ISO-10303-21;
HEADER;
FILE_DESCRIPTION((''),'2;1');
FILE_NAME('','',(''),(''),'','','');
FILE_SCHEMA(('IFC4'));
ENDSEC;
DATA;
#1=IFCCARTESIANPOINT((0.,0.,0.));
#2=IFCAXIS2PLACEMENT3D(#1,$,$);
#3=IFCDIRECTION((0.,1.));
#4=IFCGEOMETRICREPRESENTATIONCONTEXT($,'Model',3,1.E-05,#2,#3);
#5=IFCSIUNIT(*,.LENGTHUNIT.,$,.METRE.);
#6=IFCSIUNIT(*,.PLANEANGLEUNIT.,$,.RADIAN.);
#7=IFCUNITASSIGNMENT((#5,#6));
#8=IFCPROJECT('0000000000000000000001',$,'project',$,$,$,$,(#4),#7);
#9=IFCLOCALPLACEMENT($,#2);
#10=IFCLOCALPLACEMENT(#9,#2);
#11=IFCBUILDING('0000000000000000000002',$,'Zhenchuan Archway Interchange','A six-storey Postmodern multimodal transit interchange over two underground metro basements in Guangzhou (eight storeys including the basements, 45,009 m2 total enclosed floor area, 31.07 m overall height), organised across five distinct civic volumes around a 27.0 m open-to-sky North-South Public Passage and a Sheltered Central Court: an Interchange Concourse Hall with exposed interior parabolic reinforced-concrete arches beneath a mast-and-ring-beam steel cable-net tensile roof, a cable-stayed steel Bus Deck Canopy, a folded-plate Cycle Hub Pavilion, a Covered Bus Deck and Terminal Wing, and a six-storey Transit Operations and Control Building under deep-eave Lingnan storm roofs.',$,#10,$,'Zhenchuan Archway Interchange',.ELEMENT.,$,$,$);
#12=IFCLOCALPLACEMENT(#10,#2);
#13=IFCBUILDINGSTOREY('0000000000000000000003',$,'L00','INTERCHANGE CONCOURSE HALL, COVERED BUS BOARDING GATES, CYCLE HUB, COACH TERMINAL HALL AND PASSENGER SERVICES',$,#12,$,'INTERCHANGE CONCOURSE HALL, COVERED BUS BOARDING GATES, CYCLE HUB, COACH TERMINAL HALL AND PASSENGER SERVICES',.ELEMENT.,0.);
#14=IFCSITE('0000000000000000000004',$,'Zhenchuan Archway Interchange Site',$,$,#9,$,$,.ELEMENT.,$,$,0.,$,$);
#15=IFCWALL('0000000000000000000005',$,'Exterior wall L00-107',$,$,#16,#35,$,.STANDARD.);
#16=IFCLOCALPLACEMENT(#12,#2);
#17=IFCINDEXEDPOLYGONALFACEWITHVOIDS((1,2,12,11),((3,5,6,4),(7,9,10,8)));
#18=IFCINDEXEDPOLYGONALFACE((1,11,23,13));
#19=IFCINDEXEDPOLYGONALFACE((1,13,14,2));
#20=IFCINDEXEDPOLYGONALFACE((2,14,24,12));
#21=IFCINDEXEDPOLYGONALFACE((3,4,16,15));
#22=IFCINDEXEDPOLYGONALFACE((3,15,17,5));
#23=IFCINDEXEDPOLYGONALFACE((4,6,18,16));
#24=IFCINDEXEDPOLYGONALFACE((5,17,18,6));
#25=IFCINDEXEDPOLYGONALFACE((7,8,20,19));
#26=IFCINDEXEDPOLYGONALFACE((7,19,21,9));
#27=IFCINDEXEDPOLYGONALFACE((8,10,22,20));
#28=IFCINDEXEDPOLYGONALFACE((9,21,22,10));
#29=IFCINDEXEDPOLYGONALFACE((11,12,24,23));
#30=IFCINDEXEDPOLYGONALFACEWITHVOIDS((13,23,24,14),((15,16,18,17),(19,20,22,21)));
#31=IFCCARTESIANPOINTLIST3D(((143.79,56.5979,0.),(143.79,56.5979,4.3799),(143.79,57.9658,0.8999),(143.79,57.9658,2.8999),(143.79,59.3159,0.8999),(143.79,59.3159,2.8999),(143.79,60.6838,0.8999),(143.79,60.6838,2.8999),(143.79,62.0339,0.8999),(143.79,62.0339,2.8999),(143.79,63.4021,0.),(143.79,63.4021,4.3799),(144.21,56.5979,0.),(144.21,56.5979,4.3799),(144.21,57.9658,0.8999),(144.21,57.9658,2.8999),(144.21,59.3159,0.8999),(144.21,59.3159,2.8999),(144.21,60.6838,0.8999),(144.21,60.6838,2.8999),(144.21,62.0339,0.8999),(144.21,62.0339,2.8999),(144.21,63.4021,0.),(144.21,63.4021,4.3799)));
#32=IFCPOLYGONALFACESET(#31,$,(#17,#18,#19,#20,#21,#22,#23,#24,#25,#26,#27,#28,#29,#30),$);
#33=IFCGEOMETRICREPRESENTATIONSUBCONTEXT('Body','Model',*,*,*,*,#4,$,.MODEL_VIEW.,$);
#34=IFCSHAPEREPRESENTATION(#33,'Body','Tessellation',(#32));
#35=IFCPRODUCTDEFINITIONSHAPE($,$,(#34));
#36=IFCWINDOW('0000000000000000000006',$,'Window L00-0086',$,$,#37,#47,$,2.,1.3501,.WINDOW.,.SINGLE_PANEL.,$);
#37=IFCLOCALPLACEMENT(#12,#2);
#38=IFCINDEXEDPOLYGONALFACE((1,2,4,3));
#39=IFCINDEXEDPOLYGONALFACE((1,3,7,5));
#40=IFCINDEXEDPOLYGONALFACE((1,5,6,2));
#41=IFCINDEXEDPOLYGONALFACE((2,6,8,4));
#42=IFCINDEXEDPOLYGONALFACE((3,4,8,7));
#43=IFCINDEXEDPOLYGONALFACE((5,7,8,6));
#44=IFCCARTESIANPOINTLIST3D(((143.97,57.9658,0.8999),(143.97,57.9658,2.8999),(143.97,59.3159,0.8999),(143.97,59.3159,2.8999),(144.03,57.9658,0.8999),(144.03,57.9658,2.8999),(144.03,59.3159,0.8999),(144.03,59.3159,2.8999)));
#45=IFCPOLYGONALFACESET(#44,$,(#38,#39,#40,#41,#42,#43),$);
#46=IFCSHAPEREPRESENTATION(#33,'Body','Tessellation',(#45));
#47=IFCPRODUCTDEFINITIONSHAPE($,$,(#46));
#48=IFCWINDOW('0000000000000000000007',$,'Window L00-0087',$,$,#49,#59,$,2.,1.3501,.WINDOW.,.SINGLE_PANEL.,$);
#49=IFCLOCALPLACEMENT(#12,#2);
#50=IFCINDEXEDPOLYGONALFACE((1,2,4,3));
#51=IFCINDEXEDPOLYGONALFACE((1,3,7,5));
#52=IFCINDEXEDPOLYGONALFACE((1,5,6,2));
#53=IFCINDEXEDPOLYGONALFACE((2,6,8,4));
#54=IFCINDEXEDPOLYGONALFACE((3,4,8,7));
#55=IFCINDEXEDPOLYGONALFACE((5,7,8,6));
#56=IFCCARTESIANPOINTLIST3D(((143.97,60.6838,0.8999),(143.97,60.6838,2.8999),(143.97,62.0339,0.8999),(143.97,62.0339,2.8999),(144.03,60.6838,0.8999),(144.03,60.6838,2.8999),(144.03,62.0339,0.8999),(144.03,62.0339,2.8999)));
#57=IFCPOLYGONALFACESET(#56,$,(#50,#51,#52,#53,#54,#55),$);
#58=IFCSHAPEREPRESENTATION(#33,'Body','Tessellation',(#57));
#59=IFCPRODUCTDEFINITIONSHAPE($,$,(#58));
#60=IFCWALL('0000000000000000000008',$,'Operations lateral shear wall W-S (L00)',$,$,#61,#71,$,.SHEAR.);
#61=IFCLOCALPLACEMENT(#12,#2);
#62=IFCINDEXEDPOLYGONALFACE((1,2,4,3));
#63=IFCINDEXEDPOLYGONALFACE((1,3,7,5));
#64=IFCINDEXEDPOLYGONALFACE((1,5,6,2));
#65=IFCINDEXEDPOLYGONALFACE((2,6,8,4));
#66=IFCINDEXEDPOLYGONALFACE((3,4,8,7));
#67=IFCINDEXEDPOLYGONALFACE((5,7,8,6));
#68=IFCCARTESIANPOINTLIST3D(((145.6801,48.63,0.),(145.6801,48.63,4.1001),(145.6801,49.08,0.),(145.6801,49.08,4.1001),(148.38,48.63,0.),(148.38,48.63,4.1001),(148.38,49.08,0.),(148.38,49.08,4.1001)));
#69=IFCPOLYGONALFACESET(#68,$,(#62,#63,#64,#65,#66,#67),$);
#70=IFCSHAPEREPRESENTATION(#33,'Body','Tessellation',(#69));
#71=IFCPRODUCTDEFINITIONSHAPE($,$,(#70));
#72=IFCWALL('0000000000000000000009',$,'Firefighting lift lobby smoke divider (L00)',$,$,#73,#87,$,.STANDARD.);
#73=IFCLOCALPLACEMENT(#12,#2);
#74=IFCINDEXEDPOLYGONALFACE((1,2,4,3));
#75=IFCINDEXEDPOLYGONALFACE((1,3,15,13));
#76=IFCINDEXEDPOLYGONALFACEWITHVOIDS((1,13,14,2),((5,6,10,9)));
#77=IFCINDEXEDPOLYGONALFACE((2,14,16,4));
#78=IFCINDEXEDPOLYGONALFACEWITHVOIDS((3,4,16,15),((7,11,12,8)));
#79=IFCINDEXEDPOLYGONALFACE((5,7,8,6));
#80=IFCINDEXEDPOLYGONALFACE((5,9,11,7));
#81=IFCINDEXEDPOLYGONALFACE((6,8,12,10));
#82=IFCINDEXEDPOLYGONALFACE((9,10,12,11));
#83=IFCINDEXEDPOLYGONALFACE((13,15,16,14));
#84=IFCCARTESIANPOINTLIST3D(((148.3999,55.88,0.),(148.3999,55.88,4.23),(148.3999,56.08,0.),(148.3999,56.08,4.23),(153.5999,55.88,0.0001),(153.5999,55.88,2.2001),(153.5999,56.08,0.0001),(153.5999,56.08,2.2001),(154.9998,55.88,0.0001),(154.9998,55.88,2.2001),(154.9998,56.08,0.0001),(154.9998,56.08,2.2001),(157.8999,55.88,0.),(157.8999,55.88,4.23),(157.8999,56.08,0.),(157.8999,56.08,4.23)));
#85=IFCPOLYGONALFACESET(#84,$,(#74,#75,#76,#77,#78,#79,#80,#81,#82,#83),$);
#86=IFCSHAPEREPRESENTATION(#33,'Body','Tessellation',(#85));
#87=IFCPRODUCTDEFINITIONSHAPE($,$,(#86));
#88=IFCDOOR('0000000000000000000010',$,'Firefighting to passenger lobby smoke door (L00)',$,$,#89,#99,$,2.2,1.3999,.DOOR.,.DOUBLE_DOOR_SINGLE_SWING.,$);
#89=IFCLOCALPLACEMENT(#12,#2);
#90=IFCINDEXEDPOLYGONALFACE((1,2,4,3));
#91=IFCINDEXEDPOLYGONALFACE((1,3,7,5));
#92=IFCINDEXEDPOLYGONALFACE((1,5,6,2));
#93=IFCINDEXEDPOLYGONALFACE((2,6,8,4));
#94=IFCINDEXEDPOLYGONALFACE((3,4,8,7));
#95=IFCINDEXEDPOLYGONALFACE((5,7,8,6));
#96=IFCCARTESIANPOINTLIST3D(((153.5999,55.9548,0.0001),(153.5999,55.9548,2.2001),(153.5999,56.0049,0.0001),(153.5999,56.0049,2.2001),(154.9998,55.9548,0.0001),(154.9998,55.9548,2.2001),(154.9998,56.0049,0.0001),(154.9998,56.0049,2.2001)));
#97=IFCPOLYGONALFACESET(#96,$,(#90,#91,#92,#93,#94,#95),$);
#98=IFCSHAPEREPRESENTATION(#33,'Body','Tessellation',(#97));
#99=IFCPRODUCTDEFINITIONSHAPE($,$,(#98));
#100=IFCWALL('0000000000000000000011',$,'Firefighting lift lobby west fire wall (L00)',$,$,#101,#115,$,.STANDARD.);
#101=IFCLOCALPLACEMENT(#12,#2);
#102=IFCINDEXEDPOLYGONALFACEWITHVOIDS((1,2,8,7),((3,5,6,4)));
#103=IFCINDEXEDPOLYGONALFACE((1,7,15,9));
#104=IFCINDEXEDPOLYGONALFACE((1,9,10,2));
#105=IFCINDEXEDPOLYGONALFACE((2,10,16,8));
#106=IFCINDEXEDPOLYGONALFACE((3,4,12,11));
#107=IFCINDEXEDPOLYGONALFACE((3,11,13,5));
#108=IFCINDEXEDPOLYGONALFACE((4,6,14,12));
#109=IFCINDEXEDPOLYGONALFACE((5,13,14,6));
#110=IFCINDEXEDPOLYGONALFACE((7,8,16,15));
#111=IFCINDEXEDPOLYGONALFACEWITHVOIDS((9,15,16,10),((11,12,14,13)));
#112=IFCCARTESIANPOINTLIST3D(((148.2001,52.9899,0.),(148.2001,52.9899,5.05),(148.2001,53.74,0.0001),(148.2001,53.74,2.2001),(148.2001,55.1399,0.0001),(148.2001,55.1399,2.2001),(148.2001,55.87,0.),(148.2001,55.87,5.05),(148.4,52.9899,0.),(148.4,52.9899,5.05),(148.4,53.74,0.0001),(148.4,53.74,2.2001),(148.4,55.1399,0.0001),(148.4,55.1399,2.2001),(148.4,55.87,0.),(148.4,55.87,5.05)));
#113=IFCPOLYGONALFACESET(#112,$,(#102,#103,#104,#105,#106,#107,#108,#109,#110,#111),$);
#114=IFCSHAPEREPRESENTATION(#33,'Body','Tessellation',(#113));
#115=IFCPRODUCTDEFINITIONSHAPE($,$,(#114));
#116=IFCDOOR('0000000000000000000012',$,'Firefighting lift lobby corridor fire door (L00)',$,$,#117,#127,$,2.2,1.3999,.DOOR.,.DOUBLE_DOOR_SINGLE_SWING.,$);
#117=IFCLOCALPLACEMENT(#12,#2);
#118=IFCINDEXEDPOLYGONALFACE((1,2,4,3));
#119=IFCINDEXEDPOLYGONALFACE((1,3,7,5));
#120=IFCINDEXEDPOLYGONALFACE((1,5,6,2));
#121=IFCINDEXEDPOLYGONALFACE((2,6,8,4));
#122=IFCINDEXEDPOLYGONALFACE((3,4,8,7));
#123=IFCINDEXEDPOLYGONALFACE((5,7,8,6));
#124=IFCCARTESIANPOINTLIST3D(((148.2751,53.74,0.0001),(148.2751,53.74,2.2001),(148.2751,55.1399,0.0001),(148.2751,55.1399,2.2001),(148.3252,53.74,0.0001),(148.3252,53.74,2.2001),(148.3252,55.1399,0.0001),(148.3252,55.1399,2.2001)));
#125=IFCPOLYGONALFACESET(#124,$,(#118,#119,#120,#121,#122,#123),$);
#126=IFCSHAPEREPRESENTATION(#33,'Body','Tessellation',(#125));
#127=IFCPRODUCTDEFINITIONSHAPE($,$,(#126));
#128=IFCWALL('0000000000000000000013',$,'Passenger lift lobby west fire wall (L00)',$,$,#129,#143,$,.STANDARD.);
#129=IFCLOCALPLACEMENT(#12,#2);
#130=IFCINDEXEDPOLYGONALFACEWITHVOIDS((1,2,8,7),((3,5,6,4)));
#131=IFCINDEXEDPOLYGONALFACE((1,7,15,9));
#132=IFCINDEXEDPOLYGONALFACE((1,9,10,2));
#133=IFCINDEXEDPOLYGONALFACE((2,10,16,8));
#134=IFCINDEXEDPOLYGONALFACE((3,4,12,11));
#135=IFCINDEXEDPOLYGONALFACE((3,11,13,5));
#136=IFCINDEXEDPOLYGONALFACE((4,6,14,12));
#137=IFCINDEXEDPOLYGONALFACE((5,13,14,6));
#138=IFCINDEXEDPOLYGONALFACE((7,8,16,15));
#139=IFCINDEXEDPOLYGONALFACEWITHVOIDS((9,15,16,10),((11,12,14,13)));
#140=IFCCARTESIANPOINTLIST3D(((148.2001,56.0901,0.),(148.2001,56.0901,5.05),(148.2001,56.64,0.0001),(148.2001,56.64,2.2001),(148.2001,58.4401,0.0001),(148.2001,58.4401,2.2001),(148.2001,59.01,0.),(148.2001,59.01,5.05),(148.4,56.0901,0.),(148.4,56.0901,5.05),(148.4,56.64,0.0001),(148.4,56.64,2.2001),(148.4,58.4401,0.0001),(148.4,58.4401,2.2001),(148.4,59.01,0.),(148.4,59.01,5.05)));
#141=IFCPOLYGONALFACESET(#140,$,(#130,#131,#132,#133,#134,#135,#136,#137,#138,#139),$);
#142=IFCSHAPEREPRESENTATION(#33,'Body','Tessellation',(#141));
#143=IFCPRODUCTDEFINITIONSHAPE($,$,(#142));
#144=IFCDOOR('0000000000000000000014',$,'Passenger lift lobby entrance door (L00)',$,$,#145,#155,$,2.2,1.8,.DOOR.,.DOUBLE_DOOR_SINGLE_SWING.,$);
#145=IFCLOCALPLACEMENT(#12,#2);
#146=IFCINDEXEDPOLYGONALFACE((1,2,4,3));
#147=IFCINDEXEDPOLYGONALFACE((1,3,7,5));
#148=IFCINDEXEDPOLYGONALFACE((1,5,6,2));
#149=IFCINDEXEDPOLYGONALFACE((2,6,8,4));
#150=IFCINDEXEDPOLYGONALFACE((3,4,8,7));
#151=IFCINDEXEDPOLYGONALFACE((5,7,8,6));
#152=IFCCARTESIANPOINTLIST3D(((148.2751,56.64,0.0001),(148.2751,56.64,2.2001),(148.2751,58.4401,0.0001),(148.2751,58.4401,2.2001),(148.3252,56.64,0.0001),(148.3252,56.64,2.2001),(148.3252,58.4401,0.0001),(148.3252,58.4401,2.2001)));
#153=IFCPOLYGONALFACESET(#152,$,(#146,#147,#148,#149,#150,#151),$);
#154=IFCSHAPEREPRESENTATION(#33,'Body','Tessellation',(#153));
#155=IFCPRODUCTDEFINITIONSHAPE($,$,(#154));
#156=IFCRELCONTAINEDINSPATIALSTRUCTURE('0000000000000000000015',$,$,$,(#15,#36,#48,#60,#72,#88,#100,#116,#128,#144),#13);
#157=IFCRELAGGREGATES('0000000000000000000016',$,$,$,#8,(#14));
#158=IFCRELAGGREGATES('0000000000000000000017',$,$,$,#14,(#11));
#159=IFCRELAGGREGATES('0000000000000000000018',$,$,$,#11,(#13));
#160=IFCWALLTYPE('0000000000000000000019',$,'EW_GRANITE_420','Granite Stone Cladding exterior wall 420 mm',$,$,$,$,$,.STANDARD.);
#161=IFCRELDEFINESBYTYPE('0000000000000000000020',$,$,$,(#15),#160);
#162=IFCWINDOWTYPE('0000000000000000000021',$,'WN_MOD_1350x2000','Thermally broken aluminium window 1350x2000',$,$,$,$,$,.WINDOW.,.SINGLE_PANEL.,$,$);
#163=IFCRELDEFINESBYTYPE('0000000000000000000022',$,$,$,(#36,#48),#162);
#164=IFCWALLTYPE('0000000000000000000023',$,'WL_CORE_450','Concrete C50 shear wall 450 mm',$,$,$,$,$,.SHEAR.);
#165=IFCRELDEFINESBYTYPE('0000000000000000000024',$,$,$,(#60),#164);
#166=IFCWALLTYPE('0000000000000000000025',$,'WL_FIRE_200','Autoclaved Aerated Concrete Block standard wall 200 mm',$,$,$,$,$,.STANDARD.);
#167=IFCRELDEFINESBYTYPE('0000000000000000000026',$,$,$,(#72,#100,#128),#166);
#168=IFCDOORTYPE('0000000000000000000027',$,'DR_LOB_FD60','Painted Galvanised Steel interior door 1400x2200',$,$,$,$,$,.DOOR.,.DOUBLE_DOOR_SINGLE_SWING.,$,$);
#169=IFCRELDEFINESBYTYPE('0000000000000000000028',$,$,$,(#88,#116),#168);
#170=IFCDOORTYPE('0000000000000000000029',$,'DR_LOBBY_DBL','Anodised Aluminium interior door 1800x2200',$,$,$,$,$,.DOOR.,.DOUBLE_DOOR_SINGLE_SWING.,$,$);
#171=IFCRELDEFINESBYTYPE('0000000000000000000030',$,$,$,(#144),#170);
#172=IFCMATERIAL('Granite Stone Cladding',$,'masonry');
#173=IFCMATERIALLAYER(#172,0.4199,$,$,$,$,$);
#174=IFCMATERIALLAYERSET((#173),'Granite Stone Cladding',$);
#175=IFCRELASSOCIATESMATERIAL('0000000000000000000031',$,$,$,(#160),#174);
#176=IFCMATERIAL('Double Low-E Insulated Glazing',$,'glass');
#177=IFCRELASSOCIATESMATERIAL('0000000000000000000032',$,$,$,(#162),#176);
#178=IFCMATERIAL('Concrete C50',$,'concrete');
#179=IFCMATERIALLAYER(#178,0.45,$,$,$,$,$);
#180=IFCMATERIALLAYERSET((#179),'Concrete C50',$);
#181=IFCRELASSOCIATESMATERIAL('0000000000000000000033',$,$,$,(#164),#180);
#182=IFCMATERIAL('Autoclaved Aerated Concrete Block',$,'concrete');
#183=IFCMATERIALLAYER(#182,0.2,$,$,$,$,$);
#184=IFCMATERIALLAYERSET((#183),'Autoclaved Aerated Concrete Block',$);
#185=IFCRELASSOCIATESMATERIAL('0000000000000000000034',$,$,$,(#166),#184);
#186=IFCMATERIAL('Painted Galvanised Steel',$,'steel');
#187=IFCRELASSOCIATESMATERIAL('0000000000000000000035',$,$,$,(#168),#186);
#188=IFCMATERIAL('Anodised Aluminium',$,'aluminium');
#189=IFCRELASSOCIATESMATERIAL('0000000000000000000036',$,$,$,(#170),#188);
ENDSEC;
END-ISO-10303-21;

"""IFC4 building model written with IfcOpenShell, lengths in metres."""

from ifc_helpers import new_model, si_unit, direction, frame, frame_2d, origin, place, context, subcontext, project, spatial, rectangle, extrude, material, layer, layer_set, type_object, element, fill, save


model = new_model("IFC4")

# Units and contexts
model_context = context("Model", 3, precision=1e-05, world=origin(), true_north=direction((0.0, 1.0)))
body_context = subcontext(model_context, "Body", "Model", "MODEL_VIEW")
ifc_project = project(units=[si_unit("LENGTHUNIT", "METRE"), si_unit("PLANEANGLEUNIT", "RADIAN")], contexts=[model_context])

# Site, building, storey
site_placement = place(None, origin())
site = spatial("IfcSite", under=ifc_project, at=site_placement, Name="Zhenchuan Archway Interchange Site", CompositionType="ELEMENT", RefElevation=0.0)
building_placement = place(site_placement, origin())
building = spatial("IfcBuilding", under=site, at=building_placement, Name="Zhenchuan Archway Interchange", Description="A six-storey Postmodern multimodal transit interchange over two underground metro basements in Guangzhou (eight storeys including the basements, 45,009 m2 total enclosed floor area, 31.07 m overall height), organised across five distinct civic volumes around a 27.0 m open-to-sky North-South Public Passage and a Sheltered Central Court: an Interchange Concourse Hall with exposed interior parabolic reinforced-concrete arches beneath a mast-and-ring-beam steel cable-net tensile roof, a cable-stayed steel Bus Deck Canopy, a folded-plate Cycle Hub Pavilion, a Covered Bus Deck and Terminal Wing, and a six-storey Transit Operations and Control Building under deep-eave Lingnan storm roofs.", LongName="Zhenchuan Archway Interchange", CompositionType="ELEMENT")
storey_placement = place(building_placement, origin())
storey = spatial("IfcBuildingStorey", under=building, at=storey_placement, Name="L00", Description="INTERCHANGE CONCOURSE HALL, COVERED BUS BOARDING GATES, CYCLE HUB, COACH TERMINAL HALL AND PASSENGER SERVICES", LongName="INTERCHANGE CONCOURSE HALL, COVERED BUS BOARDING GATES, CYCLE HUB, COACH TERMINAL HALL AND PASSENGER SERVICES", CompositionType="ELEMENT", Elevation=0.0)

# Shared definitions
ifc_material_1 = material(Name="Concrete C50", Category="concrete")

# Wall, openings, windows
ifc_material_2 = material(Name="Granite Stone Cladding", Category="masonry")
ifc_layer_1 = layer(ifc_material_2, 0.4199)
ifc_layer_set_1 = layer_set([ifc_layer_1], Name="Granite Stone Cladding")
wall_type_1 = type_object("IfcWallType", Name="EW_GRANITE_420", Description="Granite Stone Cladding exterior wall 420 mm", PredefinedType="STANDARD", material=ifc_layer_set_1)
ifc_material_3 = material(Name="Double Low-E Insulated Glazing", Category="glass")
wall_1_placement = place(storey_placement, frame((144.0, 56.5979, 0.0), z_axis=(0.0, 0.0, 1.0), x_axis=(0.0, 1.0, 0.0)))
wall_1 = element("IfcWall", 1, at=wall_1_placement, inside=storey, type_object=wall_type_1, Name="Exterior wall L00-107", PredefinedType="STANDARD", context=body_context, shape_type="SweptSolid", body=[
    extrude(rectangle(XDim=6.8042, YDim=0.4199, at=frame_2d((3.4021, 0.0))), origin(), (0.0, 0.0, 1.0), 4.3799),
])
opening_1_placement = place(wall_1_placement, frame((1.3679, 0.0, 0.8999)))
opening_1 = element("IfcOpeningElement", 2, at=opening_1_placement, cuts=wall_1, PredefinedType="OPENING", context=body_context, shape_type="SweptSolid", body=[
    extrude(rectangle(XDim=1.3501, YDim=2.0, at=frame_2d((0.675, 1.0))), frame((0.0, 0.2219, 0.0), z_axis=(0.0, -1.0, 0.0), x_axis=(1.0, 0.0, 0.0)), (0.0, 0.0, 1.0), 0.4438),
])
opening_2_placement = place(wall_1_placement, frame((4.0859, 0.0, 0.8999)))
opening_2 = element("IfcOpeningElement", 3, at=opening_2_placement, cuts=wall_1, PredefinedType="OPENING", context=body_context, shape_type="SweptSolid", body=[
    extrude(rectangle(XDim=1.3501, YDim=2.0, at=frame_2d((0.675, 1.0))), frame((0.0, 0.2219, 0.0), z_axis=(0.0, -1.0, 0.0), x_axis=(1.0, 0.0, 0.0)), (0.0, 0.0, 1.0), 0.4438),
])
window_type_1 = type_object("IfcWindowType", Name="WN_MOD_1350x2000", Description="Thermally broken aluminium window 1350x2000", PartitioningType="SINGLE_PANEL", PredefinedType="WINDOW", material=ifc_material_3)
window_1_placement = place(opening_1_placement, origin())
window_1 = element("IfcWindow", 4, at=window_1_placement, inside=storey, type_object=window_type_1, Name="Window L00-0086", OverallHeight=2.0, OverallWidth=1.3501, PartitioningType="SINGLE_PANEL", PredefinedType="WINDOW", context=body_context, shape_type="SweptSolid", body=[
    extrude(rectangle(XDim=1.3501, YDim=2.0, at=frame_2d((0.675, 1.0))), frame((0.0, 0.03, 0.0), z_axis=(0.0, -1.0, 0.0), x_axis=(1.0, 0.0, 0.0)), (0.0, 0.0, 1.0), 0.0601),
])
fill(opening_1, window_1)
window_2_placement = place(opening_2_placement, origin())
window_2 = element("IfcWindow", 5, at=window_2_placement, inside=storey, type_object=window_type_1, Name="Window L00-0087", OverallHeight=2.0, OverallWidth=1.3501, PartitioningType="SINGLE_PANEL", PredefinedType="WINDOW", context=body_context, shape_type="SweptSolid", body=[
    extrude(rectangle(XDim=1.3501, YDim=2.0, at=frame_2d((0.675, 1.0))), frame((0.0, 0.03, 0.0), z_axis=(0.0, -1.0, 0.0), x_axis=(1.0, 0.0, 0.0)), (0.0, 0.0, 1.0), 0.0601),
])
fill(opening_2, window_2)

# Wall
ifc_layer_2 = layer(ifc_material_1, 0.45)
ifc_layer_set_2 = layer_set([ifc_layer_2], Name="Concrete C50")
wall_type_2 = type_object("IfcWallType", Name="WL_CORE_450", Description="Concrete C50 shear wall 450 mm", PredefinedType="SHEAR", material=ifc_layer_set_2)
wall_2_placement = place(storey_placement, frame((145.6799, 48.855, 0.0), z_axis=(0.0, 0.0, 1.0), x_axis=(1.0, 0.0, 0.0)))
element("IfcWall", 6, at=wall_2_placement, inside=storey, type_object=wall_type_2, Name="Operations lateral shear wall W-S (L00)", PredefinedType="SHEAR", context=body_context, shape_type="SweptSolid", body=[
    extrude(rectangle(XDim=2.7, YDim=0.45, at=frame_2d((1.3501, 0.0))), origin(), (0.0, 0.0, 1.0), 4.1001),
])

# Walls, openings, doors
ifc_material_4 = material(Name="Autoclaved Aerated Concrete Block", Category="concrete")
ifc_layer_3 = layer(ifc_material_4, 0.2)
ifc_layer_set_3 = layer_set([ifc_layer_3], Name="Autoclaved Aerated Concrete Block")
wall_type_3 = type_object("IfcWallType", Name="WL_FIRE_200", Description="Autoclaved Aerated Concrete Block standard wall 200 mm", PredefinedType="STANDARD", material=ifc_layer_set_3)
wall_3_placement = place(storey_placement, frame((148.3999, 55.98, 0.0), z_axis=(0.0, 0.0, 1.0), x_axis=(1.0, 0.0, 0.0)))
wall_3 = element("IfcWall", 7, at=wall_3_placement, inside=storey, type_object=wall_type_3, Name="Firefighting lift lobby smoke divider (L00)", PredefinedType="STANDARD", context=body_context, shape_type="SweptSolid", body=[
    extrude(rectangle(XDim=9.5, YDim=0.2, at=frame_2d((4.75, 0.0))), origin(), (0.0, 0.0, 1.0), 4.23),
])
opening_3_placement = place(wall_3_placement, frame((5.2, 0.0, 0.0)))
opening_3 = element("IfcOpeningElement", 8, at=opening_3_placement, cuts=wall_3, PredefinedType="OPENING", context=body_context, shape_type="SweptSolid", body=[
    extrude(rectangle(XDim=1.3999, YDim=2.2, at=frame_2d((0.7, 1.1001))), frame((0.0, 0.1118, 0.0), z_axis=(0.0, -1.0, 0.0), x_axis=(1.0, 0.0, 0.0)), (0.0, 0.0, 1.0), 0.2239),
])
ifc_material_5 = material(Name="Painted Galvanised Steel", Category="steel")
door_type_1 = type_object("IfcDoorType", Name="DR_LOB_FD60", Description="Painted Galvanised Steel interior door 1400x2200", OperationType="DOUBLE_DOOR_SINGLE_SWING", PredefinedType="DOOR", material=ifc_material_5)
door_1_placement = place(opening_3_placement, origin())
door_1 = element("IfcDoor", 9, at=door_1_placement, inside=storey, type_object=door_type_1, Name="Firefighting to passenger lobby smoke door (L00)", OperationType="DOUBLE_DOOR_SINGLE_SWING", OverallHeight=2.2, OverallWidth=1.3999, PredefinedType="DOOR", context=body_context, shape_type="SweptSolid", body=[
    extrude(rectangle(XDim=1.3999, YDim=2.2, at=frame_2d((0.7, 1.1001))), frame((0.0, 0.0249, 0.0), z_axis=(0.0, -1.0, 0.0), x_axis=(1.0, 0.0, 0.0)), (0.0, 0.0, 1.0), 0.05),
])
fill(opening_3, door_1)
wall_4_placement = place(storey_placement, frame((148.3, 52.99, 0.0), z_axis=(0.0, 0.0, 1.0), x_axis=(0.0, 1.0, 0.0)))
wall_4 = element("IfcWall", 10, at=wall_4_placement, inside=storey, type_object=wall_type_3, Name="Firefighting lift lobby west fire wall (L00)", PredefinedType="STANDARD", context=body_context, shape_type="SweptSolid", body=[
    extrude(rectangle(XDim=2.8801, YDim=0.2, at=frame_2d((1.4399, 0.0))), origin(), (0.0, 0.0, 1.0), 5.05),
])
opening_4_placement = place(wall_4_placement, frame((0.75, 0.0, 0.0)))
opening_4 = element("IfcOpeningElement", 11, at=opening_4_placement, cuts=wall_4, PredefinedType="OPENING", context=body_context, shape_type="SweptSolid", body=[
    extrude(rectangle(XDim=1.3999, YDim=2.2, at=frame_2d((0.7, 1.1001))), frame((0.0, 0.1118, 0.0), z_axis=(0.0, -1.0, 0.0), x_axis=(1.0, 0.0, 0.0)), (0.0, 0.0, 1.0), 0.2239),
])
door_2_placement = place(opening_4_placement, origin())
door_2 = element("IfcDoor", 12, at=door_2_placement, inside=storey, type_object=door_type_1, Name="Firefighting lift lobby corridor fire door (L00)", OperationType="DOUBLE_DOOR_SINGLE_SWING", OverallHeight=2.2, OverallWidth=1.3999, PredefinedType="DOOR", context=body_context, shape_type="SweptSolid", body=[
    extrude(rectangle(XDim=1.3999, YDim=2.2, at=frame_2d((0.7, 1.1001))), frame((0.0, 0.0249, 0.0), z_axis=(0.0, -1.0, 0.0), x_axis=(1.0, 0.0, 0.0)), (0.0, 0.0, 1.0), 0.05),
])
fill(opening_4, door_2)
wall_5_placement = place(storey_placement, frame((148.3, 56.0901, 0.0), z_axis=(0.0, 0.0, 1.0), x_axis=(0.0, 1.0, 0.0)))
wall_5 = element("IfcWall", 13, at=wall_5_placement, inside=storey, type_object=wall_type_3, Name="Passenger lift lobby west fire wall (L00)", PredefinedType="STANDARD", context=body_context, shape_type="SweptSolid", body=[
    extrude(rectangle(XDim=2.9199, YDim=0.2, at=frame_2d((1.46, 0.0))), origin(), (0.0, 0.0, 1.0), 5.05),
])
opening_5_placement = place(wall_5_placement, frame((0.55, 0.0, 0.0)))
opening_5 = element("IfcOpeningElement", 14, at=opening_5_placement, cuts=wall_5, PredefinedType="OPENING", context=body_context, shape_type="SweptSolid", body=[
    extrude(rectangle(XDim=1.8, YDim=2.2, at=frame_2d((0.8999, 1.1001))), frame((0.0, 0.1118, 0.0), z_axis=(0.0, -1.0, 0.0), x_axis=(1.0, 0.0, 0.0)), (0.0, 0.0, 1.0), 0.2239),
])
ifc_material_6 = material(Name="Anodised Aluminium", Category="aluminium")
door_type_2 = type_object("IfcDoorType", Name="DR_LOBBY_DBL", Description="Anodised Aluminium interior door 1800x2200", OperationType="DOUBLE_DOOR_SINGLE_SWING", PredefinedType="DOOR", material=ifc_material_6)
door_3_placement = place(opening_5_placement, origin())
door_3 = element("IfcDoor", 15, at=door_3_placement, inside=storey, type_object=door_type_2, Name="Passenger lift lobby entrance door (L00)", OperationType="DOUBLE_DOOR_SINGLE_SWING", OverallHeight=2.2, OverallWidth=1.8, PredefinedType="DOOR", context=body_context, shape_type="SweptSolid", body=[
    extrude(rectangle(XDim=1.8, YDim=2.2, at=frame_2d((0.8999, 1.1001))), frame((0.0, 0.0249, 0.0), z_axis=(0.0, -1.0, 0.0), x_axis=(1.0, 0.0, 0.0)), (0.0, 0.0, 1.0), 0.05),
])
fill(opening_5, door_3)

save(model, "model.ifc")
